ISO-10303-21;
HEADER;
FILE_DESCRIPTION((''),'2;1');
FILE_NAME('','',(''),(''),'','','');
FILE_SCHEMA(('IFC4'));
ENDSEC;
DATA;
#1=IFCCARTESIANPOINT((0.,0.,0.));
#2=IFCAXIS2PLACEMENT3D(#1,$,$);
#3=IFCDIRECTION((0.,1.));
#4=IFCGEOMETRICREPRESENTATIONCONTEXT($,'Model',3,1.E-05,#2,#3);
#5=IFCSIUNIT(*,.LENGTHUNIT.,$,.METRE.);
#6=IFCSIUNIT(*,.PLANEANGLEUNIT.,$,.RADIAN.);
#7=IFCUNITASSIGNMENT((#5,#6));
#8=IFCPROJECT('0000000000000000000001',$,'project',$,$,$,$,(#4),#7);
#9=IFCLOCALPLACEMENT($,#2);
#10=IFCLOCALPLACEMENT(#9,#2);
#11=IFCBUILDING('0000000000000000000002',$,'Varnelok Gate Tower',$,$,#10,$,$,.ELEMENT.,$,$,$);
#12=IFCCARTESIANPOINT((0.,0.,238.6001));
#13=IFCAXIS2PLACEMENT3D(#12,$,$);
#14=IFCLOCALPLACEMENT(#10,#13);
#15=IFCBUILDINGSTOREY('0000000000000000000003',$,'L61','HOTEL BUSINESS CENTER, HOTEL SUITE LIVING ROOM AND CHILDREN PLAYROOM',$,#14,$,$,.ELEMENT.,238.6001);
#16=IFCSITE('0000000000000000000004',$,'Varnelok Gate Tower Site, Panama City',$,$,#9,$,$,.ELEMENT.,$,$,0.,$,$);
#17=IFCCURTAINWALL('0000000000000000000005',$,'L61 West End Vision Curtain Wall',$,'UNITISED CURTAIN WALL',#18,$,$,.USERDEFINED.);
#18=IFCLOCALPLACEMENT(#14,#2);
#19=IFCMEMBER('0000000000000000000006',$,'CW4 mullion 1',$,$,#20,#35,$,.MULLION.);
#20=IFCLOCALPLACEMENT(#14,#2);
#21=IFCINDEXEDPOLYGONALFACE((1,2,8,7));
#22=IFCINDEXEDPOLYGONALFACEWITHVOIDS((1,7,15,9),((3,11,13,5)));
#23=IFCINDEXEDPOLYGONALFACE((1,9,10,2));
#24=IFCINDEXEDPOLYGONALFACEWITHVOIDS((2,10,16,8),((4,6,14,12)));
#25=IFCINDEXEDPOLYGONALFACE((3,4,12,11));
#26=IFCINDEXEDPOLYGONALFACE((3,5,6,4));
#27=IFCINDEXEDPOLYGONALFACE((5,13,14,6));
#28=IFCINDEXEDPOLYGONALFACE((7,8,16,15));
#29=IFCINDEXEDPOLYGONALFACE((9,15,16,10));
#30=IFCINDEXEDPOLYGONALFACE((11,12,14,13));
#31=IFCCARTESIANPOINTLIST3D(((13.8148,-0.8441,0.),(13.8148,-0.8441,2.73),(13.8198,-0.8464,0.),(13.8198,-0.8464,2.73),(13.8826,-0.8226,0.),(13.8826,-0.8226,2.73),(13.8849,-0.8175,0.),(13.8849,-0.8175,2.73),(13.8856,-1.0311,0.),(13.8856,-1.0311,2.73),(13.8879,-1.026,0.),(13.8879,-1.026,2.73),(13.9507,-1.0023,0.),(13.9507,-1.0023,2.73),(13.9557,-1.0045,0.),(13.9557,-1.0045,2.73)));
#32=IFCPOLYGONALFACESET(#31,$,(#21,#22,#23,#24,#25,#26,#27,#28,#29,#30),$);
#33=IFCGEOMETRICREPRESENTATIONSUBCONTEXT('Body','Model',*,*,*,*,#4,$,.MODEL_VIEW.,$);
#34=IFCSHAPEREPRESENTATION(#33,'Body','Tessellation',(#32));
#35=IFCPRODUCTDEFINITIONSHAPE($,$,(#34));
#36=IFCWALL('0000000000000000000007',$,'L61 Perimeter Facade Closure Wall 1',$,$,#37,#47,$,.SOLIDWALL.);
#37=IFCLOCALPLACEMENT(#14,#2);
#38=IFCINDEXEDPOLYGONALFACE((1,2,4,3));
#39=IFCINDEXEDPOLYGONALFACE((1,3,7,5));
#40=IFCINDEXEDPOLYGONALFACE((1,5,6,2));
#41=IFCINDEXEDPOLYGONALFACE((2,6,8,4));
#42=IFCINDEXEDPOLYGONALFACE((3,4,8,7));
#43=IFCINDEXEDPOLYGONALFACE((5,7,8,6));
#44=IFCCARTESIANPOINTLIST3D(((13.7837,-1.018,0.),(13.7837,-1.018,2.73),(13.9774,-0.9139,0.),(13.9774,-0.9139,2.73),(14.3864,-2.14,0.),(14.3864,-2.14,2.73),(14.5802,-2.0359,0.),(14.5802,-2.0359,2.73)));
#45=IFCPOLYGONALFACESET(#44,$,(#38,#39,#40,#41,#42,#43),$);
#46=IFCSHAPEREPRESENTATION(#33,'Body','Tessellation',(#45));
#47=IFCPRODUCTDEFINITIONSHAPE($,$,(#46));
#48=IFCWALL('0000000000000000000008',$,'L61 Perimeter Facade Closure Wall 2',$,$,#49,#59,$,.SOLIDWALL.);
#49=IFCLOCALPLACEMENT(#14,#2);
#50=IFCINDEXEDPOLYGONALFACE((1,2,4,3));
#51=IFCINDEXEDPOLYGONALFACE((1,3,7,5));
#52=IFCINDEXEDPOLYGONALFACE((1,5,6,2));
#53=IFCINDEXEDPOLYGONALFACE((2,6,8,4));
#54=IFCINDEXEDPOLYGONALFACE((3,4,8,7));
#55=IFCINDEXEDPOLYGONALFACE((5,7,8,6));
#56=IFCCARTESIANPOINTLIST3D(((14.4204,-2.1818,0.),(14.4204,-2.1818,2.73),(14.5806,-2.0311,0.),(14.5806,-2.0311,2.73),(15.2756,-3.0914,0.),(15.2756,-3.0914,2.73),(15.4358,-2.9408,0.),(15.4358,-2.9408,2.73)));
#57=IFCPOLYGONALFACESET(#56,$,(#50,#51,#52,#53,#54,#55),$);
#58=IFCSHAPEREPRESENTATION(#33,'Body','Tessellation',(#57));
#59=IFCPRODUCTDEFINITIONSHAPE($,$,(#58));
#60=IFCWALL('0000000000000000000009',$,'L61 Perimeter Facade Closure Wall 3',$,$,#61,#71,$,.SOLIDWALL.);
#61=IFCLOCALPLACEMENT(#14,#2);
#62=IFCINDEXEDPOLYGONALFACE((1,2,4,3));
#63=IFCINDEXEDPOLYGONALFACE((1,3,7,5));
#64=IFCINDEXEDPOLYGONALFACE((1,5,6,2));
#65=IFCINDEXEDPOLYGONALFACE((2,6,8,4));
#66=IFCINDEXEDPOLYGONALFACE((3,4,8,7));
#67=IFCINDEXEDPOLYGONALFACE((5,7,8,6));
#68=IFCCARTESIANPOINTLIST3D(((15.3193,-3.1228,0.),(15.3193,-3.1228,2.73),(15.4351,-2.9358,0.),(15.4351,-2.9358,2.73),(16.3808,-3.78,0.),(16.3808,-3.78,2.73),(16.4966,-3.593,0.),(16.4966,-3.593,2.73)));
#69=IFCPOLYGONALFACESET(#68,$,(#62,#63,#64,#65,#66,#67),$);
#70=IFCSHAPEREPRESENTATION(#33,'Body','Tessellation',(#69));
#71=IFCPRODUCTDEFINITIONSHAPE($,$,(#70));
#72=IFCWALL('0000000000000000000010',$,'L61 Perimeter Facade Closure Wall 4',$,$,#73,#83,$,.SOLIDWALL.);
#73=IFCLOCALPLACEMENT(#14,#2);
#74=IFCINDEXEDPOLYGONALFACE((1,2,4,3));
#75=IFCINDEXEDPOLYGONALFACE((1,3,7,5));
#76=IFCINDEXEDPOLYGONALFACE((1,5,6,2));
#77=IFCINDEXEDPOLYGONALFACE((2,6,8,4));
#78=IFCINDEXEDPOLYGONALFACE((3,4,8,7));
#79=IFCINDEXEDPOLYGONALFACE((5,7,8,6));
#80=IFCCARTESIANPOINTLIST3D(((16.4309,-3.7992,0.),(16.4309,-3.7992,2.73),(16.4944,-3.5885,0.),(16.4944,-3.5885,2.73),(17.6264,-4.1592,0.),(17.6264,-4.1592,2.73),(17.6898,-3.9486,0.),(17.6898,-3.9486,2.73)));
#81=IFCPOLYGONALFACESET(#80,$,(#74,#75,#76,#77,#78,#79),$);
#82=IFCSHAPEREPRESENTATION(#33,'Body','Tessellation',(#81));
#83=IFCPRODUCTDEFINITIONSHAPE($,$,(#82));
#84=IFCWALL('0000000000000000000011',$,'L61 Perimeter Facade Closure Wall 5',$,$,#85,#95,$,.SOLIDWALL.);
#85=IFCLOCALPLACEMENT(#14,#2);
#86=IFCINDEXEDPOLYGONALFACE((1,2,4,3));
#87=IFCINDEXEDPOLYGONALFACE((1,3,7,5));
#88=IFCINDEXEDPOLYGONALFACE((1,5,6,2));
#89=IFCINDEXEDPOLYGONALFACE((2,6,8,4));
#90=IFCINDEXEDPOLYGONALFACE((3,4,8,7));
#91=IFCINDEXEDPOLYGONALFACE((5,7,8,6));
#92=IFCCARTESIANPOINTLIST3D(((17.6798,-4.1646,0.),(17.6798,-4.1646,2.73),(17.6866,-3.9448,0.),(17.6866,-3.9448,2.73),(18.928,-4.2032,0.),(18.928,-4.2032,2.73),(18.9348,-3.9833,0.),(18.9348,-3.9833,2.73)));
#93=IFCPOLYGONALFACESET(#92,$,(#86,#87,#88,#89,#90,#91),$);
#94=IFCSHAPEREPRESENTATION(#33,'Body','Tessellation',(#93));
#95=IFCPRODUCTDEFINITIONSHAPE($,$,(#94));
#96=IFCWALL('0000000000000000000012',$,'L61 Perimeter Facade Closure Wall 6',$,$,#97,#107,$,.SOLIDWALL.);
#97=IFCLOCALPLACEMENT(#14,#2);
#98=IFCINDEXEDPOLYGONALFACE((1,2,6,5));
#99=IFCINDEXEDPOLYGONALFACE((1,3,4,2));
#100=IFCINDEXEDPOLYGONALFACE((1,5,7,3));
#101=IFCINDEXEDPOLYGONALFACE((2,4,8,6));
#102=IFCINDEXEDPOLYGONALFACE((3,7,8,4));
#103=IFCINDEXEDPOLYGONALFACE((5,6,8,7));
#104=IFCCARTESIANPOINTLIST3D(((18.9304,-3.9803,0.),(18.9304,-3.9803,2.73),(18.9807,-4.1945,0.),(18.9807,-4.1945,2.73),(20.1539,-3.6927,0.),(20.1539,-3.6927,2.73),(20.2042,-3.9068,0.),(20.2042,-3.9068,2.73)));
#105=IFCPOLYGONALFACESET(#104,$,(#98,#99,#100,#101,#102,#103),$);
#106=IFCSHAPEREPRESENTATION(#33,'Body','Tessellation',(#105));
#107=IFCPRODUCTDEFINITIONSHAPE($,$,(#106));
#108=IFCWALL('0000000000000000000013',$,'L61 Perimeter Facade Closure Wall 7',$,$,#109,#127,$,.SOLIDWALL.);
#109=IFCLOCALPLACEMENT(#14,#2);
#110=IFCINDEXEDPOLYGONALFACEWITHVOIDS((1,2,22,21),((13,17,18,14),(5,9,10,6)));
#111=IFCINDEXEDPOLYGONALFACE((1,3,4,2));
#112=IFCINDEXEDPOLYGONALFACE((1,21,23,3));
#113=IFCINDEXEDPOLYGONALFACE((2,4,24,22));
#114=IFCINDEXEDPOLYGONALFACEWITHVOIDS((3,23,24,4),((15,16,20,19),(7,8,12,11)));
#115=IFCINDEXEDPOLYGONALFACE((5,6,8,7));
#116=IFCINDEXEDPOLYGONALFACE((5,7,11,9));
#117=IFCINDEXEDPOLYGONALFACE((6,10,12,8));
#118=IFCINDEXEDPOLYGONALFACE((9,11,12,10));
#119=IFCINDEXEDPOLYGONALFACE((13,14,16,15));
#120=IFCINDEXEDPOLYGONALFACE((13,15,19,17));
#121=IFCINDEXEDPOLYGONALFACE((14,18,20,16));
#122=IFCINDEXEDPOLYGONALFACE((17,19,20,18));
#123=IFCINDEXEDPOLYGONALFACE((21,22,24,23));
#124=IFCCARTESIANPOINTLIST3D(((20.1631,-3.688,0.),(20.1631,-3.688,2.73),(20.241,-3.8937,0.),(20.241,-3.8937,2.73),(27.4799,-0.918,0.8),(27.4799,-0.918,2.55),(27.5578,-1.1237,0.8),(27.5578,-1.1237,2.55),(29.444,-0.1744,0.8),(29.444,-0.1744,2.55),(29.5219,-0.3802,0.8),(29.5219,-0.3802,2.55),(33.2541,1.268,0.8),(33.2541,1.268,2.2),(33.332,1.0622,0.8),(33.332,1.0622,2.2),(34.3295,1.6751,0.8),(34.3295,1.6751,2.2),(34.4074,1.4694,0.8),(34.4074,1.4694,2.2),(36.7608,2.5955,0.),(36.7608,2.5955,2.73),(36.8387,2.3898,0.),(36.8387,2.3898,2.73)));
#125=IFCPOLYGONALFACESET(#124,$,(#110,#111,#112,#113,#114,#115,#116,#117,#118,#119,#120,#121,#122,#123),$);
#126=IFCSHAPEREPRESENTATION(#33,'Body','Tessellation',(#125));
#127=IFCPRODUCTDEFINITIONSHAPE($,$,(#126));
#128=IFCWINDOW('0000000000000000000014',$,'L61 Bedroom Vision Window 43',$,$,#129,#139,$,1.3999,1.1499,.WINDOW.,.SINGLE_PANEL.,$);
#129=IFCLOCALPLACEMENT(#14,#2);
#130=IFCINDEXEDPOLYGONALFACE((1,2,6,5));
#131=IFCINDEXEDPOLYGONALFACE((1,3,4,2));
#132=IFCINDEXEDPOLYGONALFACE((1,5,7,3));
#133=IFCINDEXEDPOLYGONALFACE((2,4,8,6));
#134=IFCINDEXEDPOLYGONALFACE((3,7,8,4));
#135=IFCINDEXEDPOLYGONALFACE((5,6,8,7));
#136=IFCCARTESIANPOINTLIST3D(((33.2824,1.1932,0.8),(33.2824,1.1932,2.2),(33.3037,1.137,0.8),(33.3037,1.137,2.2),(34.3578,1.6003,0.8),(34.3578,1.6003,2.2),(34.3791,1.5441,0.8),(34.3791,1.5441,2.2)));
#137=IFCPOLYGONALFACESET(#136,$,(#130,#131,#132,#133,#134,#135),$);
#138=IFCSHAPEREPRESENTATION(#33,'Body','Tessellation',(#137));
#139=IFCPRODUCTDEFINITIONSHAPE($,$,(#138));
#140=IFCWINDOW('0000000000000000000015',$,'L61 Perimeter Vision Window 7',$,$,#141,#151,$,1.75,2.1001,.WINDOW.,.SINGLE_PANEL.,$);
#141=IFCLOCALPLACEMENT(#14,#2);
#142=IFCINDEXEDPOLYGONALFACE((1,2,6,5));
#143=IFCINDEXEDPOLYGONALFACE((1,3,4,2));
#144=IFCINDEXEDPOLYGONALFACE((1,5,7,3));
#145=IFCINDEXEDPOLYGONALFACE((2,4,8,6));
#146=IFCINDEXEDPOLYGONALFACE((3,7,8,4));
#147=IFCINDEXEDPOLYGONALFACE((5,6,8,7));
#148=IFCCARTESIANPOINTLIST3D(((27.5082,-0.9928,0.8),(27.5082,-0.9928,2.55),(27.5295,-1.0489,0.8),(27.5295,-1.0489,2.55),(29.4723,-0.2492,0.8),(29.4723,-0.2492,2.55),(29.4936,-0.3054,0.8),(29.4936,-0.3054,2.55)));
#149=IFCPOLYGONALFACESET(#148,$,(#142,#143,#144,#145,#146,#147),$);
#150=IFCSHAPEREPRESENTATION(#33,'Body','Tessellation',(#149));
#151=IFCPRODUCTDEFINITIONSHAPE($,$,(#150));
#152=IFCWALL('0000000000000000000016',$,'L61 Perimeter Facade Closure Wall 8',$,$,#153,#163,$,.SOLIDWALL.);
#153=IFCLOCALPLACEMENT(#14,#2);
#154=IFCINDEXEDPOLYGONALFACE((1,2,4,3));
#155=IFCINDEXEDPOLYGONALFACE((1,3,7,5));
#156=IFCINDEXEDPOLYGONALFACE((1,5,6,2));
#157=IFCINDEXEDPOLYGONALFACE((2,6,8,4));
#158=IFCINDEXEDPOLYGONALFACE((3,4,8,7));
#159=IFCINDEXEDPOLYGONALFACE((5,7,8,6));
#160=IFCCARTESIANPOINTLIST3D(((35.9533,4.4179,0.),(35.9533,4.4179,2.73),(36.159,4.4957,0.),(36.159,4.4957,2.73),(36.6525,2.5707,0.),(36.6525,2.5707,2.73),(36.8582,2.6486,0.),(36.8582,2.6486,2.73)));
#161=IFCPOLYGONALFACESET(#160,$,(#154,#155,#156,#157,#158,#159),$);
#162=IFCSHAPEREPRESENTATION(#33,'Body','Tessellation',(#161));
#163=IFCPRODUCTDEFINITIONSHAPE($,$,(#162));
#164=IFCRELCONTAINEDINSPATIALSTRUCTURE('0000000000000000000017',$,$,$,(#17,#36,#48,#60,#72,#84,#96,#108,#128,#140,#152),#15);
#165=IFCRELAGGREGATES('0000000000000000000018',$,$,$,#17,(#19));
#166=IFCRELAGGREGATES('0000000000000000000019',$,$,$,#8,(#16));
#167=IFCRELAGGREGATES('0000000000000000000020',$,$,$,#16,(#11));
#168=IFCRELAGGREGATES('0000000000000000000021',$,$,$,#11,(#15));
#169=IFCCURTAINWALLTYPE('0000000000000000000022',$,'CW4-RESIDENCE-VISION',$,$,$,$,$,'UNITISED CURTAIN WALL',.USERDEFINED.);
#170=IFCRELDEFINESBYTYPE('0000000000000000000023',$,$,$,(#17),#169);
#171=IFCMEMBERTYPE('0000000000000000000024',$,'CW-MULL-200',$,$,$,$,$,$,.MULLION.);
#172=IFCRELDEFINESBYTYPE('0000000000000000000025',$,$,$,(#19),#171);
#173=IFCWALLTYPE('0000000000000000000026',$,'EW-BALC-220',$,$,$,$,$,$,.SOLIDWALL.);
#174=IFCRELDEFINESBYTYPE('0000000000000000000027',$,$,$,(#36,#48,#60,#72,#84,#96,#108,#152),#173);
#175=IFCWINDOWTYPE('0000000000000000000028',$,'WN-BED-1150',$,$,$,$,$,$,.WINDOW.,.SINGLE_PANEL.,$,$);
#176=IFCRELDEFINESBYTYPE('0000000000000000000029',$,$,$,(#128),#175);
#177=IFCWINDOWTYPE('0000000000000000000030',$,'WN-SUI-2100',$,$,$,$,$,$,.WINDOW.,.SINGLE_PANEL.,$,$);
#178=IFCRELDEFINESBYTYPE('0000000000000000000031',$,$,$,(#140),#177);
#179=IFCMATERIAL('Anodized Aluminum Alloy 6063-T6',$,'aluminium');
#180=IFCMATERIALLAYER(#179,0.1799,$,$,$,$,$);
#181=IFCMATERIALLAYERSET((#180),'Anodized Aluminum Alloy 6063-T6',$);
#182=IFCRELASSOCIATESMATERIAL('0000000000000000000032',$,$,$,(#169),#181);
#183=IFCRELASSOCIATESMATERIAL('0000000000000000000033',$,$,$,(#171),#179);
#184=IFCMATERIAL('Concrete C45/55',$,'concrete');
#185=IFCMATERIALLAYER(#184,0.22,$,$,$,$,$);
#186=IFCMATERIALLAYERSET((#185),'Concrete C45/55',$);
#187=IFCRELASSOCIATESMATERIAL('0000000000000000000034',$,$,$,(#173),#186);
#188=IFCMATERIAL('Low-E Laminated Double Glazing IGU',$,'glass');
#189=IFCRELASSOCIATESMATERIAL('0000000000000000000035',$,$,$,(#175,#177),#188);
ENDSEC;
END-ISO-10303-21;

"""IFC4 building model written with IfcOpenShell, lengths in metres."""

from ifc_helpers import new_model, si_unit, direction, frame, frame_2d, origin, origin_2d, place, context, subcontext, project, spatial, rectangle, hollow_rectangle, extrude, material, layer, layer_set, material_profile, profile_set, type_object, element, fill, aggregate, save


model = new_model("IFC4")

# Units and contexts
model_context = context("Model", 3, precision=1e-05, world=origin(), true_north=direction((0.0, 1.0)))
body_context = subcontext(model_context, "Body", "Model", "MODEL_VIEW")
ifc_project = project(units=[si_unit("LENGTHUNIT", "METRE"), si_unit("PLANEANGLEUNIT", "RADIAN")], contexts=[model_context])

# Site, building, storey
site_placement = place(None, origin())
site = spatial("IfcSite", under=ifc_project, at=site_placement, Name="Varnelok Gate Tower Site, Panama City", CompositionType="ELEMENT", RefElevation=0.0)
building_placement = place(site_placement, origin())
building = spatial("IfcBuilding", under=site, at=building_placement, Name="Varnelok Gate Tower", CompositionType="ELEMENT")
storey_placement = place(building_placement, frame((0.0, 0.0, 238.6001)))
storey = spatial("IfcBuildingStorey", under=building, at=storey_placement, Name="L61", Description="HOTEL BUSINESS CENTER, HOTEL SUITE LIVING ROOM AND CHILDREN PLAYROOM", CompositionType="ELEMENT", Elevation=238.6001)

# Curtain wall, member
ifc_material_1 = material(Name="Anodized Aluminum Alloy 6063-T6", Category="aluminium")
ifc_layer_1 = layer(ifc_material_1, 0.1799)
ifc_layer_set_1 = layer_set([ifc_layer_1], Name="Anodized Aluminum Alloy 6063-T6")
curtain_wall_type = type_object("IfcCurtainWallType", Name="CW4-RESIDENCE-VISION", ElementType="UNITISED CURTAIN WALL", PredefinedType="USERDEFINED", material=ifc_layer_set_1)
curtain_wall_placement = place(storey_placement, origin())
curtain_wall = element("IfcCurtainWall", 1, at=curtain_wall_placement, inside=storey, type_object=curtain_wall_type, Name="L61 West End Vision Curtain Wall", ObjectType="UNITISED CURTAIN WALL", PredefinedType="USERDEFINED")
ifc_material_profile_1 = material_profile(ifc_material_1, hollow_rectangle(XDim=0.075, YDim=0.2, WallThickness=0.0039, at=origin_2d()), Name="ALU200X75X4")
ifc_profile_set_1 = profile_set([ifc_material_profile_1], Name="Anodized Aluminum Alloy 6063-T6")
member_type = type_object("IfcMemberType", Name="CW-MULL-200", PredefinedType="MULLION", material=ifc_profile_set_1)
member_placement = place(storey_placement, frame((13.8853, -0.9243, 0.0), z_axis=(0.0, 0.0, 1.0), x_axis=(-0.935222, -0.354063, 0.0)))
member = element("IfcMember", 2, at=member_placement, type_object=member_type, Name="CW4 mullion 1", PredefinedType="MULLION", context=body_context, shape_type="SweptSolid", body=[
    extrude(hollow_rectangle(XDim=0.075, YDim=0.2, WallThickness=0.0039, at=origin_2d()), origin(), (0.0, 0.0, 1.0), 2.73),
])
aggregate(curtain_wall, [member])

# Walls
ifc_material_2 = material(Name="Concrete C45/55", Category="concrete")
ifc_layer_2 = layer(ifc_material_2, 0.22)
ifc_layer_set_2 = layer_set([ifc_layer_2], Name="Concrete C45/55")
wall_type_1 = type_object("IfcWallType", Name="EW-BALC-220", PredefinedType="SOLIDWALL", material=ifc_layer_set_2)
wall_1_placement = place(storey_placement, frame((13.8806, -0.9661, 0.0), z_axis=(0.0, 0.0, 1.0), x_axis=(0.473242, -0.880932, 0.0)))
element("IfcWall", 3, at=wall_1_placement, inside=storey, type_object=wall_type_1, Name="L61 Perimeter Facade Closure Wall 1", PredefinedType="SOLIDWALL", context=body_context, shape_type="SweptSolid", body=[
    extrude(rectangle(XDim=1.2737, YDim=0.22, at=frame_2d((0.6367, 0.0))), origin(), (0.0, 0.0, 1.0), 2.73),
])
for number, where, z_axis, x_axis, name in (
    (4, (14.5005, -2.1064, 0.0), (0.0, 0.0, 1.0), (0.684968, -0.728573, 0.0), "L61 Perimeter Facade Closure Wall 2"),
    (5, (15.3772, -3.0293, 0.0), (0.0, 0.0, 1.0), (0.850232, -0.526408, 0.0), "L61 Perimeter Facade Closure Wall 3"),
    (6, (16.4626, -3.6938, 0.0), (0.0, 0.0, 1.0), (0.957508, -0.288406, 0.0), "L61 Perimeter Facade Closure Wall 4"),
):
    element("IfcWall", number, at=place(storey_placement, frame(where, z_axis=z_axis, x_axis=x_axis)), inside=storey, type_object=wall_type_1, Name=name, PredefinedType="SOLIDWALL", context=body_context, shape_type="SweptSolid", body=[
        extrude(rectangle(XDim=1.2485, YDim=0.22, at=frame_2d((0.6243, 0.0))), origin(), (0.0, 0.0, 1.0), 2.73),
    ])
wall_2_placement = place(storey_placement, frame((17.6831, -4.0547, 0.0), z_axis=(0.0, 0.0, 1.0), x_axis=(0.999523, -0.030887, 0.0)))
element("IfcWall", 7, at=wall_2_placement, inside=storey, type_object=wall_type_1, Name="L61 Perimeter Facade Closure Wall 5", PredefinedType="SOLIDWALL", context=body_context, shape_type="SweptSolid", body=[
    extrude(rectangle(XDim=1.2488, YDim=0.22, at=frame_2d((0.6245, 0.0))), origin(), (0.0, 0.0, 1.0), 2.73),
])
wall_3_placement = place(storey_placement, frame((18.9556, -4.0874, 0.0), z_axis=(0.0, 0.0, 1.0), x_axis=(0.973463, 0.228844, 0.0)))
element("IfcWall", 8, at=wall_3_placement, inside=storey, type_object=wall_type_1, Name="L61 Perimeter Facade Closure Wall 6", PredefinedType="SOLIDWALL", context=body_context, shape_type="SweptSolid", body=[
    extrude(rectangle(XDim=1.2568, YDim=0.22, at=frame_2d((0.6284, 0.0))), origin(), (0.0, 0.0, 1.0), 2.73),
])

# Wall, openings, windows
wall_4_placement = place(storey_placement, frame((20.2021, -3.7908, 0.0), z_axis=(0.0, 0.0, 1.0), x_axis=(0.935226, 0.354052, 0.0)))
wall_4 = element("IfcWall", 9, at=wall_4_placement, inside=storey, type_object=wall_type_1, Name="L61 Perimeter Facade Closure Wall 7", PredefinedType="SOLIDWALL", context=body_context, shape_type="SweptSolid", body=[
    extrude(rectangle(XDim=17.7473, YDim=0.22, at=frame_2d((8.8735, 0.0))), origin(), (0.0, 0.0, 1.0), 2.73),
])
opening_1_placement = place(wall_4_placement, frame((7.8235, 0.0, 0.8)))
opening_1 = element("IfcOpeningElement", 10, at=opening_1_placement, cuts=wall_4, PredefinedType="OPENING", context=body_context, shape_type="SweptSolid", body=[
    extrude(rectangle(XDim=2.1001, YDim=1.75, at=frame_2d((1.05, 0.875))), frame((0.0, 0.1199, 0.0), z_axis=(0.0, -1.0, 0.0), x_axis=(1.0, 0.0, 0.0)), (0.0, 0.0, 1.0), 0.24),
])
opening_2_placement = place(wall_4_placement, frame((13.9976, 0.0, 0.8)))
opening_2 = element("IfcOpeningElement", 11, at=opening_2_placement, cuts=wall_4, PredefinedType="OPENING", context=body_context, shape_type="SweptSolid", body=[
    extrude(rectangle(XDim=1.1499, YDim=1.3999, at=frame_2d((0.575, 0.7))), frame((0.0, 0.1199, 0.0), z_axis=(0.0, -1.0, 0.0), x_axis=(1.0, 0.0, 0.0)), (0.0, 0.0, 1.0), 0.24),
])
ifc_material_3 = material(Name="Low-E Laminated Double Glazing IGU", Category="glass")
window_type_1 = type_object("IfcWindowType", Name="WN-BED-1150", PartitioningType="SINGLE_PANEL", PredefinedType="WINDOW", material=ifc_material_3)
window_1_placement = place(opening_2_placement, origin())
window_1 = element("IfcWindow", 12, at=window_1_placement, inside=storey, type_object=window_type_1, Name="L61 Bedroom Vision Window 43", OverallHeight=1.3999, OverallWidth=1.1499, PartitioningType="SINGLE_PANEL", PredefinedType="WINDOW", context=body_context, shape_type="SweptSolid", body=[
    extrude(rectangle(XDim=1.1499, YDim=1.3999, at=frame_2d((0.575, 0.7))), frame((0.0, 0.03, 0.0), z_axis=(0.0, -1.0, 0.0), x_axis=(1.0, 0.0, 0.0)), (0.0, 0.0, 1.0), 0.0601),
])
fill(opening_2, window_1)
window_type_2 = type_object("IfcWindowType", Name="WN-SUI-2100", PartitioningType="SINGLE_PANEL", PredefinedType="WINDOW", material=ifc_material_3)
window_2_placement = place(opening_1_placement, origin())
window_2 = element("IfcWindow", 13, at=window_2_placement, inside=storey, type_object=window_type_2, Name="L61 Perimeter Vision Window 7", OverallHeight=1.75, OverallWidth=2.1001, PartitioningType="SINGLE_PANEL", PredefinedType="WINDOW", context=body_context, shape_type="SweptSolid", body=[
    extrude(rectangle(XDim=2.1001, YDim=1.75, at=frame_2d((1.05, 0.875))), frame((0.0, 0.03, 0.0), z_axis=(0.0, -1.0, 0.0), x_axis=(1.0, 0.0, 0.0)), (0.0, 0.0, 1.0), 0.0601),
])
fill(opening_1, window_2)

# Wall
wall_5_placement = place(storey_placement, frame((36.7554, 2.6096, 0.0), z_axis=(0.0, 0.0, 1.0), x_axis=(-0.354021, 0.935238, 0.0)))
element("IfcWall", 14, at=wall_5_placement, inside=storey, type_object=wall_type_1, Name="L61 Perimeter Facade Closure Wall 8", PredefinedType="SOLIDWALL", context=body_context, shape_type="SweptSolid", body=[
    extrude(rectangle(XDim=1.9751, YDim=0.22, at=frame_2d((0.9875, 0.0))), origin(), (0.0, 0.0, 1.0), 2.73),
])

save(model, "model.ifc")
